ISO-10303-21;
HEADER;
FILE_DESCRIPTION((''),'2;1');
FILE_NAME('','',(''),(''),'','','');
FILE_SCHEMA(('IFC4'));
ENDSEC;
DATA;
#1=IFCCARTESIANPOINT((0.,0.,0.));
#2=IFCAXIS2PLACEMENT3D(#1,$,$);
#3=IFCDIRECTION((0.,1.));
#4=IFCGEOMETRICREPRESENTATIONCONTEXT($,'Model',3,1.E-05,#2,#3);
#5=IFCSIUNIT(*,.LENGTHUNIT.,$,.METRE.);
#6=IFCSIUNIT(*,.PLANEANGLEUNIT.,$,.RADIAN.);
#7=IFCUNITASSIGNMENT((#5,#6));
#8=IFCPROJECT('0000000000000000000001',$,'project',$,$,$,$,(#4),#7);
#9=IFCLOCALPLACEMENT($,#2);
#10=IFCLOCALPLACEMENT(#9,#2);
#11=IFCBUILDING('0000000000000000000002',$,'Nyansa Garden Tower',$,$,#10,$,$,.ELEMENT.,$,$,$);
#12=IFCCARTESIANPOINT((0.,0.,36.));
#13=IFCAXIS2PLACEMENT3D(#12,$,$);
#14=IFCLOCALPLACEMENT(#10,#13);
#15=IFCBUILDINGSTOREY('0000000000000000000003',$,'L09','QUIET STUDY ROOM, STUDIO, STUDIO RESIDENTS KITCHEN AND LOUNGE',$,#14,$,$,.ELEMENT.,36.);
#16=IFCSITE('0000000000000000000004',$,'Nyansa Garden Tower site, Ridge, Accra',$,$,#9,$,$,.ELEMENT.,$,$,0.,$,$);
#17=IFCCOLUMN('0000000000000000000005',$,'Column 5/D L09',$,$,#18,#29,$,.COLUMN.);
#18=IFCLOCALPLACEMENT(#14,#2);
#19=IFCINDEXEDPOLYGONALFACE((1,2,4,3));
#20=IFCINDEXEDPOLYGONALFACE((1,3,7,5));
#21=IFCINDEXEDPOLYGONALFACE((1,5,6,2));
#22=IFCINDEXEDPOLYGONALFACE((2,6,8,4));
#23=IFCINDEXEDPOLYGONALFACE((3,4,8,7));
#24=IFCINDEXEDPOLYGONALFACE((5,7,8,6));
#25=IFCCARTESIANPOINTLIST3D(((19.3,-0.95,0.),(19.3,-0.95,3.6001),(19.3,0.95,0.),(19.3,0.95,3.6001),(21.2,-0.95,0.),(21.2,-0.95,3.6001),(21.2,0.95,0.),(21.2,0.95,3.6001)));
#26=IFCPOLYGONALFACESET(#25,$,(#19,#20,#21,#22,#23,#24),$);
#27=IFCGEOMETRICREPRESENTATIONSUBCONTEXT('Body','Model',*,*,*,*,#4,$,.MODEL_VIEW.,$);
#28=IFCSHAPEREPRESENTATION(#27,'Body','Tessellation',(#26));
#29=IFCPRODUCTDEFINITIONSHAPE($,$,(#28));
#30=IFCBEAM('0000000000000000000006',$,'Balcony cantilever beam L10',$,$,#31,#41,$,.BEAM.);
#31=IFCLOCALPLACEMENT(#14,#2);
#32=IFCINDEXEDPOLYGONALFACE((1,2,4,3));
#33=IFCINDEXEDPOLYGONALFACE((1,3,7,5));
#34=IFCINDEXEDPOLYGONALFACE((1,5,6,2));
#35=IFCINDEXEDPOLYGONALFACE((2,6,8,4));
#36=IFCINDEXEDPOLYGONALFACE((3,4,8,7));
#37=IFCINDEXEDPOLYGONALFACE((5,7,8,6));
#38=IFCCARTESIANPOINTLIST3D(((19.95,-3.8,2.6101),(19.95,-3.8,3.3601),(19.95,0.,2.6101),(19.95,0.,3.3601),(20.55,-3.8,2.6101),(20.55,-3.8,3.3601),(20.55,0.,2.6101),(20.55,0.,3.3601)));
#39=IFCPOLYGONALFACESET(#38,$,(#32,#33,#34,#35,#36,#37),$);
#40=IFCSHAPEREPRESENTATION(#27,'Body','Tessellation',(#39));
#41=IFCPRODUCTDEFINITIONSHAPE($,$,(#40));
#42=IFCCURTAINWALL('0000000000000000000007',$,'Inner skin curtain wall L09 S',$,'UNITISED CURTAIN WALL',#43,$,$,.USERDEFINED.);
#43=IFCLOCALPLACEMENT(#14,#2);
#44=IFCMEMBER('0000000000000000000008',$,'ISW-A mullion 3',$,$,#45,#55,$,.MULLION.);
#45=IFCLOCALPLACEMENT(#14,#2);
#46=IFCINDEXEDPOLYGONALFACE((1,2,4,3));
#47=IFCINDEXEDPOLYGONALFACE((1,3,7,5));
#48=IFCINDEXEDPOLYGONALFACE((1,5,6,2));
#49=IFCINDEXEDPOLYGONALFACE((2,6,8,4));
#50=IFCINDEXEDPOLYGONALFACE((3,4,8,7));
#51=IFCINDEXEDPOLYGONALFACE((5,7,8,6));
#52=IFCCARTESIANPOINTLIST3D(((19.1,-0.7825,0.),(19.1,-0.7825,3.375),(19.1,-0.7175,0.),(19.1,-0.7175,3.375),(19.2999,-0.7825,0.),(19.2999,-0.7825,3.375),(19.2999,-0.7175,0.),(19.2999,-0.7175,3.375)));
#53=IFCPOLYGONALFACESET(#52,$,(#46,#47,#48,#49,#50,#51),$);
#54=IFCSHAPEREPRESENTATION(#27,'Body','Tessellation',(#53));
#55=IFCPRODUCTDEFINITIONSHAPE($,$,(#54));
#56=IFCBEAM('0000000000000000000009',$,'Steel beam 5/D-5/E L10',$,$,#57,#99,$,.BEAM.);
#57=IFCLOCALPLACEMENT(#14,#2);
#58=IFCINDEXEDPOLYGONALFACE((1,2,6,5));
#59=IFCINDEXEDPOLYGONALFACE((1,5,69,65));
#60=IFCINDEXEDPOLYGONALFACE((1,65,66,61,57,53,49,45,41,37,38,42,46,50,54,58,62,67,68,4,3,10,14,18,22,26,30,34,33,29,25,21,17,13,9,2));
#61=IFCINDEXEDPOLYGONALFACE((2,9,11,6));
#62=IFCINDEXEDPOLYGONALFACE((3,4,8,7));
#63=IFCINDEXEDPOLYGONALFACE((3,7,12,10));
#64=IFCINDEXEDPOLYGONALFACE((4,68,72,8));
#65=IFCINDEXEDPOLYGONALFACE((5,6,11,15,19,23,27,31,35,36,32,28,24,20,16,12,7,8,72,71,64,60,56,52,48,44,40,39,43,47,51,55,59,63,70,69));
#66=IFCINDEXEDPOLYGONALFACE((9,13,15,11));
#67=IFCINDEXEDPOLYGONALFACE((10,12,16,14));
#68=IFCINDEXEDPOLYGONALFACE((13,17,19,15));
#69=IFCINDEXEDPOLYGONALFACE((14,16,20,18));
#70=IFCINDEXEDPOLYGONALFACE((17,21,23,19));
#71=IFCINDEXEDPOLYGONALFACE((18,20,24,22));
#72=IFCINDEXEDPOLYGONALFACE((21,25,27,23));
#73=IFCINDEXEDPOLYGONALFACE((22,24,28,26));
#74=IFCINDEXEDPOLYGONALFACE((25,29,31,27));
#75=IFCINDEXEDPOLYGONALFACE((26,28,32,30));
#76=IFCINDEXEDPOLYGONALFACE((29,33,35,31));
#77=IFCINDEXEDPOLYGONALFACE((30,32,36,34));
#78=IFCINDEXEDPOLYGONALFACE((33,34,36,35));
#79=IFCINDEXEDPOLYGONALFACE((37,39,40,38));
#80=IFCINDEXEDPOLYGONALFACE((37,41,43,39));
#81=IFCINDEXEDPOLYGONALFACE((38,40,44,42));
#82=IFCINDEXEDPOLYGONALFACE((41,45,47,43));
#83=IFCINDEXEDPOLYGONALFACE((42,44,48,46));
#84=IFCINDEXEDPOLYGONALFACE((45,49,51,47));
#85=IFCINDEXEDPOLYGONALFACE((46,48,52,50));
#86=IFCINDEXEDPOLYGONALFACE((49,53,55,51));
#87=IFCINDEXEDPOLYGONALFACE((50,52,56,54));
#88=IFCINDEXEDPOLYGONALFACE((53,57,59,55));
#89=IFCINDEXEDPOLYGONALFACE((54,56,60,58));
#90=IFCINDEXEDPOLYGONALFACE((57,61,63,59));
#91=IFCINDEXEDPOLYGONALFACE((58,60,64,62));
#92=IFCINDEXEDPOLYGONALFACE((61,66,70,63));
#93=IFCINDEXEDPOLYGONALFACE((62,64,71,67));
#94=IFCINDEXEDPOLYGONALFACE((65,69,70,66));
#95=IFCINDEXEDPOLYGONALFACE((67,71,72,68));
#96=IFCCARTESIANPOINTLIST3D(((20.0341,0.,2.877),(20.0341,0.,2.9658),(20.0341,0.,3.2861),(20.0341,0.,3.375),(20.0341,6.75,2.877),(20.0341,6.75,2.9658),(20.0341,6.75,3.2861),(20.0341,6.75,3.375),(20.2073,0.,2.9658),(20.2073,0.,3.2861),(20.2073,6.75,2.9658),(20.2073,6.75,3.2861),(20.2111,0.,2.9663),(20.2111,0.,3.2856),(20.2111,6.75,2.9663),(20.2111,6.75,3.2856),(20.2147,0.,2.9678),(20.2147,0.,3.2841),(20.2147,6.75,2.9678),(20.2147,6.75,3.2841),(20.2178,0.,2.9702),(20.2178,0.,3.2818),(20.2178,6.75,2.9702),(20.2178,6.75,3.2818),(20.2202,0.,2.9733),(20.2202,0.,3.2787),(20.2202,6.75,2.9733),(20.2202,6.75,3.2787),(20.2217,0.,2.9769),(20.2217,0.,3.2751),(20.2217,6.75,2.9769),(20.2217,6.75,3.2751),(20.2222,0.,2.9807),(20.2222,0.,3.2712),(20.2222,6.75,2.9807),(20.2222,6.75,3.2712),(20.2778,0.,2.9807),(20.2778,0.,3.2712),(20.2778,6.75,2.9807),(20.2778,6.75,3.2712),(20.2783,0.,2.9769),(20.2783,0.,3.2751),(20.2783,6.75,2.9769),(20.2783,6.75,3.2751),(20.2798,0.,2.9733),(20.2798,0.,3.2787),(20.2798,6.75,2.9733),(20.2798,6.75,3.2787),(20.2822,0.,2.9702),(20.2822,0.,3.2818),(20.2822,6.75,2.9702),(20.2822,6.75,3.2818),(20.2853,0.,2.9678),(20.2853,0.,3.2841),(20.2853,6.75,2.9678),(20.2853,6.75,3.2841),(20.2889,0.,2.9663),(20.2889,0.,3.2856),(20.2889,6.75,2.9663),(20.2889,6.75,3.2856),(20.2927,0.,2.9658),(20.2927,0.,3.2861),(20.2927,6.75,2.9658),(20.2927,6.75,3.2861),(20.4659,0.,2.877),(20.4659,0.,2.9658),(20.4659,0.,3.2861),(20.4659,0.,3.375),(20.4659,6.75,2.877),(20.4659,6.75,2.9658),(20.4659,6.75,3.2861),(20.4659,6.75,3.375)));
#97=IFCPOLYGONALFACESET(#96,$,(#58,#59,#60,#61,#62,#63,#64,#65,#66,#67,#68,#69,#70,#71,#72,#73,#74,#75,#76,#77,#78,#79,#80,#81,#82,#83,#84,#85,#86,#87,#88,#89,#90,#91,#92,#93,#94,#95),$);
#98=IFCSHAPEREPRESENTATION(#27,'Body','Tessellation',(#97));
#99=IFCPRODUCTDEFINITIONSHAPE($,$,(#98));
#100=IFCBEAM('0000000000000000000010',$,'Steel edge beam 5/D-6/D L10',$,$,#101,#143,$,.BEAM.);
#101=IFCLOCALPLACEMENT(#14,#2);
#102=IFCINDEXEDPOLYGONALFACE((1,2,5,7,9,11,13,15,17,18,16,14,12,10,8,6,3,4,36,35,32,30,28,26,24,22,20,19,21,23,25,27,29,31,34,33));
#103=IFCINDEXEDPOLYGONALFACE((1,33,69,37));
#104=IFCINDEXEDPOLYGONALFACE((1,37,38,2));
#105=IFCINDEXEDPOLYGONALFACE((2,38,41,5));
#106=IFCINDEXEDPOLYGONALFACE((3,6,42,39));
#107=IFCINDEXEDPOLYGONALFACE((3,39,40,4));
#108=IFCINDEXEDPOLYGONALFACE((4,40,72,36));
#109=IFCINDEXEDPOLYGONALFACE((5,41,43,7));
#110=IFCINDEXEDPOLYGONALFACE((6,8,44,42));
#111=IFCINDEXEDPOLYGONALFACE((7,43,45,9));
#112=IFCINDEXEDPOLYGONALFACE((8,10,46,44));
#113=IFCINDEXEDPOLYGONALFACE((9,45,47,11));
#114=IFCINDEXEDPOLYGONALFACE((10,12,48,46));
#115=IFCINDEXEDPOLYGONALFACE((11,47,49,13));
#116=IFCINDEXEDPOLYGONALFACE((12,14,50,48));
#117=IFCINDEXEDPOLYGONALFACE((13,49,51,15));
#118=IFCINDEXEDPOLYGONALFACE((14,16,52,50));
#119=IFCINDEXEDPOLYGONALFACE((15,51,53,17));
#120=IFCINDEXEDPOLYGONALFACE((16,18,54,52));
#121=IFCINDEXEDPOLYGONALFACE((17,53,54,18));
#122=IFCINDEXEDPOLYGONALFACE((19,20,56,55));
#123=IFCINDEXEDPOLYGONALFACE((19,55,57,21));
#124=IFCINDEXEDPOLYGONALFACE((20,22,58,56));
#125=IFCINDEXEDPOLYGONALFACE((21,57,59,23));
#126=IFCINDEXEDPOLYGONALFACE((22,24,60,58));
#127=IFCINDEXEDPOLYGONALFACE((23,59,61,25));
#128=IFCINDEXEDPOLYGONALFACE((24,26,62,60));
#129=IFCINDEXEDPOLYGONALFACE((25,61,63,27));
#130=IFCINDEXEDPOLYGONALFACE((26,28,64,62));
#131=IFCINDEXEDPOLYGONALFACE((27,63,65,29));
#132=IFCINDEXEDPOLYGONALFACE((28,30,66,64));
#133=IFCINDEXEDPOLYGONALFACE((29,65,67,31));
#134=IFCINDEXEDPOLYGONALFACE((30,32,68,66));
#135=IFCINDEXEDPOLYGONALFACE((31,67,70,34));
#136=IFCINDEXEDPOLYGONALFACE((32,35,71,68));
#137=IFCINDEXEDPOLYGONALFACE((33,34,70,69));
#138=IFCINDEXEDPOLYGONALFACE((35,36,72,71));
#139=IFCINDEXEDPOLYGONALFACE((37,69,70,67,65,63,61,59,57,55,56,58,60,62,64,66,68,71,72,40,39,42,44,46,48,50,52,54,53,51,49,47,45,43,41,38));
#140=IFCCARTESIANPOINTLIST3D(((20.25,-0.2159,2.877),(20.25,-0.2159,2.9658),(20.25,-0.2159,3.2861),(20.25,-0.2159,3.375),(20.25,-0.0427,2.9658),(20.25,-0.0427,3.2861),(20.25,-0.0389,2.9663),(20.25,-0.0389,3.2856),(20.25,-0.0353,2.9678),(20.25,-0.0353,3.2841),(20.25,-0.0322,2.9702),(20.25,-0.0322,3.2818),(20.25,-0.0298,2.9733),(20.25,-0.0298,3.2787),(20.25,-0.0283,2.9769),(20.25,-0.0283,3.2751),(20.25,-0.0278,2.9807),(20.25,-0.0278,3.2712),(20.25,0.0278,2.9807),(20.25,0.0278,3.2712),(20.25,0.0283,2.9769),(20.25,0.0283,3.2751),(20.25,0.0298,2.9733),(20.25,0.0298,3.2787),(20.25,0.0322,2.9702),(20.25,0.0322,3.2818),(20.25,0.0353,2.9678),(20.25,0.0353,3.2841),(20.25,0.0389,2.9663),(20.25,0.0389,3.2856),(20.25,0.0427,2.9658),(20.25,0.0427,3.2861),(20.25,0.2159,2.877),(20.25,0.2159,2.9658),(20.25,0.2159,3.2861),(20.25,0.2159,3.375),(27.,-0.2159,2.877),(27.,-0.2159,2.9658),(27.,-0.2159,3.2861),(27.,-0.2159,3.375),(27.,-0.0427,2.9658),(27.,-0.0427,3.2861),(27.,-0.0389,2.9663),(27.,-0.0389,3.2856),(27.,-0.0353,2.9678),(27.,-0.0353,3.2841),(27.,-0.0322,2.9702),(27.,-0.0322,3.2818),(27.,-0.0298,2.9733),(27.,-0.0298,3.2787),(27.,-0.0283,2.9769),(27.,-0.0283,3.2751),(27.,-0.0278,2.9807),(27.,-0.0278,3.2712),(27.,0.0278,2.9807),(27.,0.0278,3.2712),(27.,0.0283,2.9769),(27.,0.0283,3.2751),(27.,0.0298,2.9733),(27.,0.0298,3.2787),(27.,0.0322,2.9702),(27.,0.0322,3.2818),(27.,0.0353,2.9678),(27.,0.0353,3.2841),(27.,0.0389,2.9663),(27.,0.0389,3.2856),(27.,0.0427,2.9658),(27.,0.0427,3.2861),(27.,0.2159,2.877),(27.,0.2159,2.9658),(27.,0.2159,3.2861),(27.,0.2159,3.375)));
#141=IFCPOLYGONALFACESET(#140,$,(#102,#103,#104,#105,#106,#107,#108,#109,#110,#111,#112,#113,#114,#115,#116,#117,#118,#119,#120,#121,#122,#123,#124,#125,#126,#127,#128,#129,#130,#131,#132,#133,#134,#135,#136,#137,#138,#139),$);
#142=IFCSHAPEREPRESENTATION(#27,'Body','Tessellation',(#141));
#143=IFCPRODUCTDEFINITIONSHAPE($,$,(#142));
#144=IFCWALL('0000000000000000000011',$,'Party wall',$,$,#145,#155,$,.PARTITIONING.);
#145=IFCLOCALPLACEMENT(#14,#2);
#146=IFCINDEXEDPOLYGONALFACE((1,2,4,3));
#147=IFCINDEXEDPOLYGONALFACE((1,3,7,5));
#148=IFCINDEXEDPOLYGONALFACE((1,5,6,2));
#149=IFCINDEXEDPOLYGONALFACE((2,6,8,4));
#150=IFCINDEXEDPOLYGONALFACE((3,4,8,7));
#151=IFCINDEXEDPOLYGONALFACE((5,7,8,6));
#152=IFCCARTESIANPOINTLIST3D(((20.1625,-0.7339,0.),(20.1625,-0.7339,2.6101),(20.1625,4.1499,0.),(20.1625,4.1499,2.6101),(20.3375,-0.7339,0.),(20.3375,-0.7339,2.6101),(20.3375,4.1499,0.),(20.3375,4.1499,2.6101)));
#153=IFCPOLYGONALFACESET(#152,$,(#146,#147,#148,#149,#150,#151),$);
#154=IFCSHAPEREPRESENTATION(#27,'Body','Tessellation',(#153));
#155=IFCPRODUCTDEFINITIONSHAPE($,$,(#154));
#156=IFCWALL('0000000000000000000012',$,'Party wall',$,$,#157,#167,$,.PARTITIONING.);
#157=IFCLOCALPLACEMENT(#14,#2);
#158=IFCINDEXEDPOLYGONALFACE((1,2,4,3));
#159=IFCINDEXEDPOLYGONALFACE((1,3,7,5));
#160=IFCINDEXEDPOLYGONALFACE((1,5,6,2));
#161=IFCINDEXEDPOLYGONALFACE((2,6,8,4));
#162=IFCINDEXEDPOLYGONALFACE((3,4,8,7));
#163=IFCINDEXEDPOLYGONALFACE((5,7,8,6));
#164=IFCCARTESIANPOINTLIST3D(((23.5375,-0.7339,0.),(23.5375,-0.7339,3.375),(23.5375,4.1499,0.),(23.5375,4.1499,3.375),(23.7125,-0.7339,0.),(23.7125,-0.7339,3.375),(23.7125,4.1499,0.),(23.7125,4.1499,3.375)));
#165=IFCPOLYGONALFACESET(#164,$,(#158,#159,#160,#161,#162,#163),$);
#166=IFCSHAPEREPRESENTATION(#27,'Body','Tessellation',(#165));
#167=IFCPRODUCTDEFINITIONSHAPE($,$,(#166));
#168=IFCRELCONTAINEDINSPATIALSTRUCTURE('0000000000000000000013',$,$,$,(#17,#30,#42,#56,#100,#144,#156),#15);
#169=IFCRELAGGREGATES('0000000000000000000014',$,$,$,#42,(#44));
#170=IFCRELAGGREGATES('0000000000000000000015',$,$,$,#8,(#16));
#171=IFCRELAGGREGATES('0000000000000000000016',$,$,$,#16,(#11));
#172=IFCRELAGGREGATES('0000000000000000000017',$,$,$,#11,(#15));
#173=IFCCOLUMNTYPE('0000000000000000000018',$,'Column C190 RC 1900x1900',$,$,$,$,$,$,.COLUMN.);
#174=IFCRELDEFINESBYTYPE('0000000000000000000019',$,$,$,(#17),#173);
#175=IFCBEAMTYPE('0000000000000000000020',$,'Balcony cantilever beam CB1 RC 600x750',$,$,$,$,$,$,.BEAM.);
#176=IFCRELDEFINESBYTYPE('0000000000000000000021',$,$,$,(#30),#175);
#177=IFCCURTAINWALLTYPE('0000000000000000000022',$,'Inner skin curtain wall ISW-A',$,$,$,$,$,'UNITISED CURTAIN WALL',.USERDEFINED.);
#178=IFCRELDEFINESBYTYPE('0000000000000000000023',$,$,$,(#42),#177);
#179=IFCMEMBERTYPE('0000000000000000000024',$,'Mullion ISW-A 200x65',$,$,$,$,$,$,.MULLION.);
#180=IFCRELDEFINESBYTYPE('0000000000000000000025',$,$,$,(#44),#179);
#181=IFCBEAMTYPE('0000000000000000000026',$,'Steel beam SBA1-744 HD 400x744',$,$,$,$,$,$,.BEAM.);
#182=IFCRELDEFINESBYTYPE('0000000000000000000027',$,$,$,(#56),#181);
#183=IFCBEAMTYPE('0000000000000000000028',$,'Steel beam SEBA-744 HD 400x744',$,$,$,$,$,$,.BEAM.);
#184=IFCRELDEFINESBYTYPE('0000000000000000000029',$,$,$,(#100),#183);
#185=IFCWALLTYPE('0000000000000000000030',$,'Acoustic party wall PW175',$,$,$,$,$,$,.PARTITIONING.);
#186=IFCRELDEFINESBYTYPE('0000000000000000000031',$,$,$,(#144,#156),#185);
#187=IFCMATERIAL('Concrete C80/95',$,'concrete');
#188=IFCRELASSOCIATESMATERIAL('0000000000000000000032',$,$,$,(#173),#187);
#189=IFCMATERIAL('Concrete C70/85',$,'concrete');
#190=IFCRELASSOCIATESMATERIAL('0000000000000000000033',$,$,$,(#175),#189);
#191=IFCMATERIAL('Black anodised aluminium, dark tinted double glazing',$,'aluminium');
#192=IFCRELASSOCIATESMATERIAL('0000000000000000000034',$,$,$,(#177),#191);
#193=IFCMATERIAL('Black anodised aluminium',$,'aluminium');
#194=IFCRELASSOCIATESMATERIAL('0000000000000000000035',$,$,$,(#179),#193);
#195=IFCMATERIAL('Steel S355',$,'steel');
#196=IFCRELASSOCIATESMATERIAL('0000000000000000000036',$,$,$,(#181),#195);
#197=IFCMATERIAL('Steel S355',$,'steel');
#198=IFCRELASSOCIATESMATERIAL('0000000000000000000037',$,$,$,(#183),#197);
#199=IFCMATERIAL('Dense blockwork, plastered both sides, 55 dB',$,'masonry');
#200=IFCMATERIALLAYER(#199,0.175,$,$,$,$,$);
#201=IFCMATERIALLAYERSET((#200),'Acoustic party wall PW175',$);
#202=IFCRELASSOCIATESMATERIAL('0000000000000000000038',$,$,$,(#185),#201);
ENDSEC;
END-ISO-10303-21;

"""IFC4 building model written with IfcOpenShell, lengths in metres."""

from ifc_helpers import new_model, si_unit, direction, frame, frame_2d, origin, origin_2d, place, context, subcontext, project, spatial, rectangle, i_section, extrude, material, layer, layer_set, material_profile, profile_set, type_object, element, aggregate, save


model = new_model("IFC4")

# Units and contexts
model_context = context("Model", 3, precision=1e-05, world=origin(), true_north=direction((0.0, 1.0)))
body_context = subcontext(model_context, "Body", "Model", "MODEL_VIEW")
ifc_project = project(units=[si_unit("LENGTHUNIT", "METRE"), si_unit("PLANEANGLEUNIT", "RADIAN")], contexts=[model_context])

# Site, building, storey
site_placement = place(None, origin())
site = spatial("IfcSite", under=ifc_project, at=site_placement, Name="Nyansa Garden Tower site, Ridge, Accra", CompositionType="ELEMENT", RefElevation=0.0)
building_placement = place(site_placement, origin())
building = spatial("IfcBuilding", under=site, at=building_placement, Name="Nyansa Garden Tower", CompositionType="ELEMENT")
storey_placement = place(building_placement, frame((0.0, 0.0, 36.0)))
storey = spatial("IfcBuildingStorey", under=building, at=storey_placement, Name="L09", Description="QUIET STUDY ROOM, STUDIO, STUDIO RESIDENTS KITCHEN AND LOUNGE", CompositionType="ELEMENT", Elevation=36.0)

# Column
ifc_material_1 = material(Name="Concrete C80/95", Category="concrete")
ifc_material_profile_1 = material_profile(ifc_material_1, rectangle(XDim=1.8999, YDim=1.8999, at=origin_2d()), Name="RC 1900x1900")
ifc_profile_set_1 = profile_set([ifc_material_profile_1], Name="Concrete C80/95")
column_type = type_object("IfcColumnType", Name="Column C190 RC 1900x1900", PredefinedType="COLUMN", material=ifc_profile_set_1)
column_placement = place(storey_placement, frame((20.25, 0.0, 0.0), z_axis=(0.0, 0.0, 1.0), x_axis=(1.0, 0.0, 0.0)))
element("IfcColumn", 1, at=column_placement, inside=storey, type_object=column_type, Name="Column 5/D L09", PredefinedType="COLUMN", context=body_context, shape_type="SweptSolid", body=[
    extrude(rectangle(XDim=1.8999, YDim=1.8999, at=origin_2d()), origin(), (0.0, 0.0, 1.0), 3.6001),
])

# Beam
ifc_material_2 = material(Name="Concrete C70/85", Category="concrete")
ifc_material_profile_2 = material_profile(ifc_material_2, rectangle(XDim=0.6001, YDim=0.75, at=origin_2d()), Name="RC 600x750")
ifc_profile_set_2 = profile_set([ifc_material_profile_2], Name="Concrete C70/85")
beam_type_1 = type_object("IfcBeamType", Name="Balcony cantilever beam CB1 RC 600x750", PredefinedType="BEAM", material=ifc_profile_set_2)
beam_1_placement = place(storey_placement, frame((20.25, 0.0, 2.9851), z_axis=(0.0, -1.0, 0.0), x_axis=(1.0, 0.0, 0.0)))
element("IfcBeam", 2, at=beam_1_placement, inside=storey, type_object=beam_type_1, Name="Balcony cantilever beam L10", PredefinedType="BEAM", context=body_context, shape_type="SweptSolid", body=[
    extrude(rectangle(XDim=0.6001, YDim=0.75, at=origin_2d()), origin(), (0.0, 0.0, 1.0), 3.8),
])

# Curtain wall, member
ifc_material_3 = material(Name="Black anodised aluminium, dark tinted double glazing", Category="aluminium")
curtain_wall_type = type_object("IfcCurtainWallType", Name="Inner skin curtain wall ISW-A", ElementType="UNITISED CURTAIN WALL", PredefinedType="USERDEFINED", material=ifc_material_3)
curtain_wall_placement = place(storey_placement, origin())
curtain_wall = element("IfcCurtainWall", 3, at=curtain_wall_placement, inside=storey, type_object=curtain_wall_type, Name="Inner skin curtain wall L09 S", ObjectType="UNITISED CURTAIN WALL", PredefinedType="USERDEFINED")
ifc_material_4 = material(Name="Black anodised aluminium", Category="aluminium")
ifc_material_profile_3 = material_profile(ifc_material_4, rectangle(XDim=0.0649, YDim=0.2, at=origin_2d()), Name="Mullion 200x65")
ifc_profile_set_3 = profile_set([ifc_material_profile_3], Name="Black anodised aluminium")
member_type = type_object("IfcMemberType", Name="Mullion ISW-A 200x65", PredefinedType="MULLION", material=ifc_profile_set_3)
member_placement = place(storey_placement, frame((19.2, -0.75, 0.0), z_axis=(0.0, 0.0, 1.0), x_axis=(0.0, 1.0, 0.0)))
member = element("IfcMember", 4, at=member_placement, type_object=member_type, Name="ISW-A mullion 3", PredefinedType="MULLION", context=body_context, shape_type="SweptSolid", body=[
    extrude(rectangle(XDim=0.0649, YDim=0.2, at=origin_2d()), origin(), (0.0, 0.0, 1.0), 3.375),
])
aggregate(curtain_wall, [member])

# Beams
ifc_material_5 = material(Name="Steel S355", Category="steel")
ifc_material_profile_4 = material_profile(ifc_material_5, i_section(OverallWidth=0.4319, OverallDepth=0.498, WebThickness=0.0557, FlangeThickness=0.0889, FilletRadius=0.0149, at=origin_2d()), Name="HD 400x744")
ifc_profile_set_4 = profile_set([ifc_material_profile_4], Name="Steel S355")
beam_type_2 = type_object("IfcBeamType", Name="Steel beam SBA1-744 HD 400x744", PredefinedType="BEAM", material=ifc_profile_set_4)
beam_2_placement = place(storey_placement, frame((20.25, 0.0, 3.126), z_axis=(0.0, 1.0, 0.0), x_axis=(-1.0, 0.0, 0.0)))
element("IfcBeam", 5, at=beam_2_placement, inside=storey, type_object=beam_type_2, Name="Steel beam 5/D-5/E L10", PredefinedType="BEAM", context=body_context, shape_type="SweptSolid", body=[
    extrude(i_section(OverallWidth=0.4319, OverallDepth=0.498, WebThickness=0.0557, FlangeThickness=0.0889, FilletRadius=0.0149, at=origin_2d()), origin(), (0.0, 0.0, 1.0), 6.75),
])
ifc_material_6 = material(Name="Steel S355", Category="steel")
ifc_material_profile_5 = material_profile(ifc_material_6, i_section(OverallWidth=0.4319, OverallDepth=0.498, WebThickness=0.0557, FlangeThickness=0.0889, FilletRadius=0.0149, at=origin_2d()), Name="HD 400x744")
ifc_profile_set_5 = profile_set([ifc_material_profile_5], Name="Steel S355")
beam_type_3 = type_object("IfcBeamType", Name="Steel beam SEBA-744 HD 400x744", PredefinedType="BEAM", material=ifc_profile_set_5)
beam_3_placement = place(storey_placement, frame((20.25, 0.0, 3.126), z_axis=(1.0, 0.0, 0.0), x_axis=(0.0, 1.0, 0.0)))
element("IfcBeam", 6, at=beam_3_placement, inside=storey, type_object=beam_type_3, Name="Steel edge beam 5/D-6/D L10", PredefinedType="BEAM", context=body_context, shape_type="SweptSolid", body=[
    extrude(i_section(OverallWidth=0.4319, OverallDepth=0.498, WebThickness=0.0557, FlangeThickness=0.0889, FilletRadius=0.0149, at=origin_2d()), origin(), (0.0, 0.0, 1.0), 6.75),
])

# Walls
ifc_material_7 = material(Name="Dense blockwork, plastered both sides, 55 dB", Category="masonry")
ifc_layer_1 = layer(ifc_material_7, 0.175)
ifc_layer_set_1 = layer_set([ifc_layer_1], Name="Acoustic party wall PW175")
wall_type_1 = type_object("IfcWallType", Name="Acoustic party wall PW175", PredefinedType="PARTITIONING", material=ifc_layer_set_1)
wall_1_placement = place(storey_placement, frame((20.25, -0.7339, 0.0), z_axis=(0.0, 0.0, 1.0), x_axis=(0.0, 1.0, 0.0)))
element("IfcWall", 7, at=wall_1_placement, inside=storey, type_object=wall_type_1, Name="Party wall", PredefinedType="PARTITIONING", context=body_context, shape_type="SweptSolid", body=[
    extrude(rectangle(XDim=4.8838, YDim=0.175, at=frame_2d((2.4419, 0.0))), origin(), (0.0, 0.0, 1.0), 2.6101),
])
wall_2_placement = place(storey_placement, frame((23.625, -0.7339, 0.0), z_axis=(0.0, 0.0, 1.0), x_axis=(0.0, 1.0, 0.0)))
element("IfcWall", 8, at=wall_2_placement, inside=storey, type_object=wall_type_1, Name="Party wall", PredefinedType="PARTITIONING", context=body_context, shape_type="SweptSolid", body=[
    extrude(rectangle(XDim=4.8838, YDim=0.175, at=frame_2d((2.4419, 0.0))), origin(), (0.0, 0.0, 1.0), 3.375),
])

save(model, "model.ifc")
